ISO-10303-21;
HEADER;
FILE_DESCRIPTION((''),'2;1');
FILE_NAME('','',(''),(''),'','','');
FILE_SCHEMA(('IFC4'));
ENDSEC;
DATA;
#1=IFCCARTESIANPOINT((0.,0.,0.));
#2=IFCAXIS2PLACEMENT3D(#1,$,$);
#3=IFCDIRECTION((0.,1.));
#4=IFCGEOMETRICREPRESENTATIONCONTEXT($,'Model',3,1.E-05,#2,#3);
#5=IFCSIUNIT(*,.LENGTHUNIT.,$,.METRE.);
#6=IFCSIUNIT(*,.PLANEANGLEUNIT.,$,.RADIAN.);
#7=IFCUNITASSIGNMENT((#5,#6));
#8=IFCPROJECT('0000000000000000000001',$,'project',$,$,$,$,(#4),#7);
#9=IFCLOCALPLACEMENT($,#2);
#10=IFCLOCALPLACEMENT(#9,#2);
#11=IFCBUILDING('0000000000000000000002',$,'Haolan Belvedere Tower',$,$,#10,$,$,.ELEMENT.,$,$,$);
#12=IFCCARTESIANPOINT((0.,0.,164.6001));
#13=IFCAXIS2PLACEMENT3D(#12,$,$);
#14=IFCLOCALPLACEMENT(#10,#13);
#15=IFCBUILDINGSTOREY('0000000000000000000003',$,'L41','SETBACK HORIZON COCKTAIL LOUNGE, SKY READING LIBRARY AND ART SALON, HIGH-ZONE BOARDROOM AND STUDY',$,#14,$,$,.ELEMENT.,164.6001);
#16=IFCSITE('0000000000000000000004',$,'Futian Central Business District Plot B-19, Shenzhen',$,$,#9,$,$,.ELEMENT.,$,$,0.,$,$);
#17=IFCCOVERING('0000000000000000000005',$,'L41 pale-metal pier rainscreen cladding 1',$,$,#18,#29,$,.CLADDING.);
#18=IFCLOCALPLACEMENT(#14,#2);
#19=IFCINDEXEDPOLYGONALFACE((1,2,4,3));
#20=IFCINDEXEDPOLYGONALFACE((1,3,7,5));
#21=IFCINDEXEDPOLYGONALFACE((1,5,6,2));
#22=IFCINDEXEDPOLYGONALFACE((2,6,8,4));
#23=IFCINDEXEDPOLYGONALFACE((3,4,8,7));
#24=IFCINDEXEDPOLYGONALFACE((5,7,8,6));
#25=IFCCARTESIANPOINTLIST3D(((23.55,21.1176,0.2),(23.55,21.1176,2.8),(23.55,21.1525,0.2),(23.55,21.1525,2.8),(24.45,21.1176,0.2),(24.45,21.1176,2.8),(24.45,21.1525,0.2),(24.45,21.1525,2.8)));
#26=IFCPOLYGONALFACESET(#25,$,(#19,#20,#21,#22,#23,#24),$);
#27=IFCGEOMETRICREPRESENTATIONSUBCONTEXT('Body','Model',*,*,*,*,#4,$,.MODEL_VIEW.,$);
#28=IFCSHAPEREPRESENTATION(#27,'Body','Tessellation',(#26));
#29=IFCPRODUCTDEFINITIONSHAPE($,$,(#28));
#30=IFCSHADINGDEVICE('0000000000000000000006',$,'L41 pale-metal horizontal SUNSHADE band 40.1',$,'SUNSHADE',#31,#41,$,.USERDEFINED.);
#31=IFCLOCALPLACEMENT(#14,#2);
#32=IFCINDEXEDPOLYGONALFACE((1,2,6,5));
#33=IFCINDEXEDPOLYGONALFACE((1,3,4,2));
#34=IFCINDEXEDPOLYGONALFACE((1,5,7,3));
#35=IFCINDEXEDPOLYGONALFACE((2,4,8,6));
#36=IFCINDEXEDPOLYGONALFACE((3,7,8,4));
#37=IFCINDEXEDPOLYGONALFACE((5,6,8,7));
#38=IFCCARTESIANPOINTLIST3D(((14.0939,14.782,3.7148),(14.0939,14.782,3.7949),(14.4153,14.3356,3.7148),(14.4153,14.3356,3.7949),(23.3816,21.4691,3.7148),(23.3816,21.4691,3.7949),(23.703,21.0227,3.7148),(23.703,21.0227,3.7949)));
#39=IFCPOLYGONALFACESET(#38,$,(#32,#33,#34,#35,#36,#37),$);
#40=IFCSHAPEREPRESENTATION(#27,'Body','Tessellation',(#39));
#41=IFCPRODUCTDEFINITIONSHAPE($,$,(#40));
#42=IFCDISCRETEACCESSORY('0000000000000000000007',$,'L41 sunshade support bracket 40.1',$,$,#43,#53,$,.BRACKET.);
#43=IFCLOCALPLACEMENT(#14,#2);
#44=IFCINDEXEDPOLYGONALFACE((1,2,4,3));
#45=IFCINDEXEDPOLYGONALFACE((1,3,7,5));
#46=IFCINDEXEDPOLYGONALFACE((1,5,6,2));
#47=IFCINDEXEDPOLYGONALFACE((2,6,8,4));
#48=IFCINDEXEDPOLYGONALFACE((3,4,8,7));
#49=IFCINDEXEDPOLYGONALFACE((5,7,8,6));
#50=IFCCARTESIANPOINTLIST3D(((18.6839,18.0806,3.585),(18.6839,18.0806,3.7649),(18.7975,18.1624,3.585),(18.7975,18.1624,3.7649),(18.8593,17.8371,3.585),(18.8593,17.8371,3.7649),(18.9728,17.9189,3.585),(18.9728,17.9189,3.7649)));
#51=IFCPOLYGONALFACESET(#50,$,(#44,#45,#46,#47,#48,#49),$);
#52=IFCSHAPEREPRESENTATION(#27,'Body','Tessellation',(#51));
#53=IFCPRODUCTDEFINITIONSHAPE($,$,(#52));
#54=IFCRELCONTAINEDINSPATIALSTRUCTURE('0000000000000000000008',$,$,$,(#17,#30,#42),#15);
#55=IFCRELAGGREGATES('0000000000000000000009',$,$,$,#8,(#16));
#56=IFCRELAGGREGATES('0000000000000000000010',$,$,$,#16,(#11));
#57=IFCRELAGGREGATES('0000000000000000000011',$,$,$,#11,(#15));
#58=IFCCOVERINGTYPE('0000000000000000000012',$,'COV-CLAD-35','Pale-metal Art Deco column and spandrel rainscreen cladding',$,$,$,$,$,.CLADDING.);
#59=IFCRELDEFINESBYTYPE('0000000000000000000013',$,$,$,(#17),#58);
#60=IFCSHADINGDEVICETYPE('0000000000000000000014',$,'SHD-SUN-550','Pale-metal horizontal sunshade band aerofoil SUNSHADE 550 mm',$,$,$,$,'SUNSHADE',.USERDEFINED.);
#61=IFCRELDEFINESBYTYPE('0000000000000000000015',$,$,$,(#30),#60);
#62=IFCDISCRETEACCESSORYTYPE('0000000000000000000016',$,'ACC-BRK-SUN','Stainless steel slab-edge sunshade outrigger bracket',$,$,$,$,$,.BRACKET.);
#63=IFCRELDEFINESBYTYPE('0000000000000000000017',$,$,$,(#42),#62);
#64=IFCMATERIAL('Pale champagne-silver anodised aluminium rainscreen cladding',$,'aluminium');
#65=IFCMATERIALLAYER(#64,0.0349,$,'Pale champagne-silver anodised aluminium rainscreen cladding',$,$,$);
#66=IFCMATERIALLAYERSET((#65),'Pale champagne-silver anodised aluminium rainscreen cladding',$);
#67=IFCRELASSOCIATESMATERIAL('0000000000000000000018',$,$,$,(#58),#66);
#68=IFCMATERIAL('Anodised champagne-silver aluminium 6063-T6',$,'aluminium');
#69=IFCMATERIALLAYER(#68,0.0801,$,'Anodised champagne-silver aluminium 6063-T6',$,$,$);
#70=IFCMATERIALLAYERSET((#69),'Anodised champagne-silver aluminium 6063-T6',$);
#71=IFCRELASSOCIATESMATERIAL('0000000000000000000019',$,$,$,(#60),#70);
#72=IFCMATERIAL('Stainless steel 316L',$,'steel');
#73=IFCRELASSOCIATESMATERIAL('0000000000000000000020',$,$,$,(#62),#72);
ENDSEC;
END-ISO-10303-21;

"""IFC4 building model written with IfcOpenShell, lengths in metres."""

from ifc_helpers import new_model, si_unit, direction, frame, origin, origin_2d, place, context, subcontext, project, spatial, rectangle, extrude, material, layer, layer_set, type_object, element, save


model = new_model("IFC4")

# Units and contexts
model_context = context("Model", 3, precision=1e-05, world=origin(), true_north=direction((0.0, 1.0)))
body_context = subcontext(model_context, "Body", "Model", "MODEL_VIEW")
ifc_project = project(units=[si_unit("LENGTHUNIT", "METRE"), si_unit("PLANEANGLEUNIT", "RADIAN")], contexts=[model_context])

# Site, building, storey
site_placement = place(None, origin())
site = spatial("IfcSite", under=ifc_project, at=site_placement, Name="Futian Central Business District Plot B-19, Shenzhen", CompositionType="ELEMENT", RefElevation=0.0)
building_placement = place(site_placement, origin())
building = spatial("IfcBuilding", under=site, at=building_placement, Name="Haolan Belvedere Tower", CompositionType="ELEMENT")
storey_placement = place(building_placement, frame((0.0, 0.0, 164.6001)))
storey = spatial("IfcBuildingStorey", under=building, at=storey_placement, Name="L41", Description="SETBACK HORIZON COCKTAIL LOUNGE, SKY READING LIBRARY AND ART SALON, HIGH-ZONE BOARDROOM AND STUDY", CompositionType="ELEMENT", Elevation=164.6001)

# Covering
ifc_material_1 = material(Name="Pale champagne-silver anodised aluminium rainscreen cladding", Category="aluminium")
ifc_layer_1 = layer(ifc_material_1, 0.0349, Name="Pale champagne-silver anodised aluminium rainscreen cladding")
ifc_layer_set_1 = layer_set([ifc_layer_1], Name="Pale champagne-silver anodised aluminium rainscreen cladding")
covering_type = type_object("IfcCoveringType", Name="COV-CLAD-35", Description="Pale-metal Art Deco column and spandrel rainscreen cladding", PredefinedType="CLADDING", material=ifc_layer_set_1)
covering_placement = place(storey_placement, frame((24.0, 21.135, 0.2), z_axis=(0.0, 0.0, 1.0), x_axis=(1.0, 0.0, 0.0)))
element("IfcCovering", 1, at=covering_placement, inside=storey, type_object=covering_type, Name="L41 pale-metal pier rainscreen cladding 1", PredefinedType="CLADDING", context=body_context, shape_type="SweptSolid", body=[
    extrude(rectangle(XDim=0.8999, YDim=0.0349, at=origin_2d()), origin(), (0.0, 0.0, 1.0), 2.6001),
])

# Shading device
ifc_material_2 = material(Name="Anodised champagne-silver aluminium 6063-T6", Category="aluminium")
ifc_layer_2 = layer(ifc_material_2, 0.0801, Name="Anodised champagne-silver aluminium 6063-T6")
ifc_layer_set_2 = layer_set([ifc_layer_2], Name="Anodised champagne-silver aluminium 6063-T6")
shading_device_type = type_object("IfcShadingDeviceType", Name="SHD-SUN-550", Description="Pale-metal horizontal sunshade band aerofoil SUNSHADE 550 mm", ElementType="SUNSHADE", PredefinedType="USERDEFINED", material=ifc_layer_set_2)
shading_device_placement = place(storey_placement, frame((18.8984, 17.9023, 3.7148), z_axis=(0.0, 0.0, 1.0), x_axis=(0.811533, 0.584306, 0.0)))
element("IfcShadingDevice", 2, at=shading_device_placement, inside=storey, type_object=shading_device_type, Name="L41 pale-metal horizontal SUNSHADE band 40.1", ObjectType="SUNSHADE", PredefinedType="USERDEFINED", context=body_context, shape_type="SweptSolid", body=[
    extrude(rectangle(XDim=11.4446, YDim=0.55, at=origin_2d()), origin(), (0.0, 0.0, 1.0), 0.0801),
])

# Discrete accessory
ifc_material_3 = material(Name="Stainless steel 316L", Category="steel")
discrete_accessory_type = type_object("IfcDiscreteAccessoryType", Name="ACC-BRK-SUN", Description="Stainless steel slab-edge sunshade outrigger bracket", PredefinedType="BRACKET", material=ifc_material_3)
discrete_accessory_placement = place(storey_placement, frame((18.8284, 17.9998, 3.585), z_axis=(0.0, 0.0, 1.0), x_axis=(0.811533, 0.584306, 0.0)))
element("IfcDiscreteAccessory", 3, at=discrete_accessory_placement, inside=storey, type_object=discrete_accessory_type, Name="L41 sunshade support bracket 40.1", PredefinedType="BRACKET", context=body_context, shape_type="SweptSolid", body=[
    extrude(rectangle(XDim=0.1399, YDim=0.3, at=origin_2d()), origin(), (0.0, 0.0, 1.0), 0.1799),
])

save(model, "model.ifc")
